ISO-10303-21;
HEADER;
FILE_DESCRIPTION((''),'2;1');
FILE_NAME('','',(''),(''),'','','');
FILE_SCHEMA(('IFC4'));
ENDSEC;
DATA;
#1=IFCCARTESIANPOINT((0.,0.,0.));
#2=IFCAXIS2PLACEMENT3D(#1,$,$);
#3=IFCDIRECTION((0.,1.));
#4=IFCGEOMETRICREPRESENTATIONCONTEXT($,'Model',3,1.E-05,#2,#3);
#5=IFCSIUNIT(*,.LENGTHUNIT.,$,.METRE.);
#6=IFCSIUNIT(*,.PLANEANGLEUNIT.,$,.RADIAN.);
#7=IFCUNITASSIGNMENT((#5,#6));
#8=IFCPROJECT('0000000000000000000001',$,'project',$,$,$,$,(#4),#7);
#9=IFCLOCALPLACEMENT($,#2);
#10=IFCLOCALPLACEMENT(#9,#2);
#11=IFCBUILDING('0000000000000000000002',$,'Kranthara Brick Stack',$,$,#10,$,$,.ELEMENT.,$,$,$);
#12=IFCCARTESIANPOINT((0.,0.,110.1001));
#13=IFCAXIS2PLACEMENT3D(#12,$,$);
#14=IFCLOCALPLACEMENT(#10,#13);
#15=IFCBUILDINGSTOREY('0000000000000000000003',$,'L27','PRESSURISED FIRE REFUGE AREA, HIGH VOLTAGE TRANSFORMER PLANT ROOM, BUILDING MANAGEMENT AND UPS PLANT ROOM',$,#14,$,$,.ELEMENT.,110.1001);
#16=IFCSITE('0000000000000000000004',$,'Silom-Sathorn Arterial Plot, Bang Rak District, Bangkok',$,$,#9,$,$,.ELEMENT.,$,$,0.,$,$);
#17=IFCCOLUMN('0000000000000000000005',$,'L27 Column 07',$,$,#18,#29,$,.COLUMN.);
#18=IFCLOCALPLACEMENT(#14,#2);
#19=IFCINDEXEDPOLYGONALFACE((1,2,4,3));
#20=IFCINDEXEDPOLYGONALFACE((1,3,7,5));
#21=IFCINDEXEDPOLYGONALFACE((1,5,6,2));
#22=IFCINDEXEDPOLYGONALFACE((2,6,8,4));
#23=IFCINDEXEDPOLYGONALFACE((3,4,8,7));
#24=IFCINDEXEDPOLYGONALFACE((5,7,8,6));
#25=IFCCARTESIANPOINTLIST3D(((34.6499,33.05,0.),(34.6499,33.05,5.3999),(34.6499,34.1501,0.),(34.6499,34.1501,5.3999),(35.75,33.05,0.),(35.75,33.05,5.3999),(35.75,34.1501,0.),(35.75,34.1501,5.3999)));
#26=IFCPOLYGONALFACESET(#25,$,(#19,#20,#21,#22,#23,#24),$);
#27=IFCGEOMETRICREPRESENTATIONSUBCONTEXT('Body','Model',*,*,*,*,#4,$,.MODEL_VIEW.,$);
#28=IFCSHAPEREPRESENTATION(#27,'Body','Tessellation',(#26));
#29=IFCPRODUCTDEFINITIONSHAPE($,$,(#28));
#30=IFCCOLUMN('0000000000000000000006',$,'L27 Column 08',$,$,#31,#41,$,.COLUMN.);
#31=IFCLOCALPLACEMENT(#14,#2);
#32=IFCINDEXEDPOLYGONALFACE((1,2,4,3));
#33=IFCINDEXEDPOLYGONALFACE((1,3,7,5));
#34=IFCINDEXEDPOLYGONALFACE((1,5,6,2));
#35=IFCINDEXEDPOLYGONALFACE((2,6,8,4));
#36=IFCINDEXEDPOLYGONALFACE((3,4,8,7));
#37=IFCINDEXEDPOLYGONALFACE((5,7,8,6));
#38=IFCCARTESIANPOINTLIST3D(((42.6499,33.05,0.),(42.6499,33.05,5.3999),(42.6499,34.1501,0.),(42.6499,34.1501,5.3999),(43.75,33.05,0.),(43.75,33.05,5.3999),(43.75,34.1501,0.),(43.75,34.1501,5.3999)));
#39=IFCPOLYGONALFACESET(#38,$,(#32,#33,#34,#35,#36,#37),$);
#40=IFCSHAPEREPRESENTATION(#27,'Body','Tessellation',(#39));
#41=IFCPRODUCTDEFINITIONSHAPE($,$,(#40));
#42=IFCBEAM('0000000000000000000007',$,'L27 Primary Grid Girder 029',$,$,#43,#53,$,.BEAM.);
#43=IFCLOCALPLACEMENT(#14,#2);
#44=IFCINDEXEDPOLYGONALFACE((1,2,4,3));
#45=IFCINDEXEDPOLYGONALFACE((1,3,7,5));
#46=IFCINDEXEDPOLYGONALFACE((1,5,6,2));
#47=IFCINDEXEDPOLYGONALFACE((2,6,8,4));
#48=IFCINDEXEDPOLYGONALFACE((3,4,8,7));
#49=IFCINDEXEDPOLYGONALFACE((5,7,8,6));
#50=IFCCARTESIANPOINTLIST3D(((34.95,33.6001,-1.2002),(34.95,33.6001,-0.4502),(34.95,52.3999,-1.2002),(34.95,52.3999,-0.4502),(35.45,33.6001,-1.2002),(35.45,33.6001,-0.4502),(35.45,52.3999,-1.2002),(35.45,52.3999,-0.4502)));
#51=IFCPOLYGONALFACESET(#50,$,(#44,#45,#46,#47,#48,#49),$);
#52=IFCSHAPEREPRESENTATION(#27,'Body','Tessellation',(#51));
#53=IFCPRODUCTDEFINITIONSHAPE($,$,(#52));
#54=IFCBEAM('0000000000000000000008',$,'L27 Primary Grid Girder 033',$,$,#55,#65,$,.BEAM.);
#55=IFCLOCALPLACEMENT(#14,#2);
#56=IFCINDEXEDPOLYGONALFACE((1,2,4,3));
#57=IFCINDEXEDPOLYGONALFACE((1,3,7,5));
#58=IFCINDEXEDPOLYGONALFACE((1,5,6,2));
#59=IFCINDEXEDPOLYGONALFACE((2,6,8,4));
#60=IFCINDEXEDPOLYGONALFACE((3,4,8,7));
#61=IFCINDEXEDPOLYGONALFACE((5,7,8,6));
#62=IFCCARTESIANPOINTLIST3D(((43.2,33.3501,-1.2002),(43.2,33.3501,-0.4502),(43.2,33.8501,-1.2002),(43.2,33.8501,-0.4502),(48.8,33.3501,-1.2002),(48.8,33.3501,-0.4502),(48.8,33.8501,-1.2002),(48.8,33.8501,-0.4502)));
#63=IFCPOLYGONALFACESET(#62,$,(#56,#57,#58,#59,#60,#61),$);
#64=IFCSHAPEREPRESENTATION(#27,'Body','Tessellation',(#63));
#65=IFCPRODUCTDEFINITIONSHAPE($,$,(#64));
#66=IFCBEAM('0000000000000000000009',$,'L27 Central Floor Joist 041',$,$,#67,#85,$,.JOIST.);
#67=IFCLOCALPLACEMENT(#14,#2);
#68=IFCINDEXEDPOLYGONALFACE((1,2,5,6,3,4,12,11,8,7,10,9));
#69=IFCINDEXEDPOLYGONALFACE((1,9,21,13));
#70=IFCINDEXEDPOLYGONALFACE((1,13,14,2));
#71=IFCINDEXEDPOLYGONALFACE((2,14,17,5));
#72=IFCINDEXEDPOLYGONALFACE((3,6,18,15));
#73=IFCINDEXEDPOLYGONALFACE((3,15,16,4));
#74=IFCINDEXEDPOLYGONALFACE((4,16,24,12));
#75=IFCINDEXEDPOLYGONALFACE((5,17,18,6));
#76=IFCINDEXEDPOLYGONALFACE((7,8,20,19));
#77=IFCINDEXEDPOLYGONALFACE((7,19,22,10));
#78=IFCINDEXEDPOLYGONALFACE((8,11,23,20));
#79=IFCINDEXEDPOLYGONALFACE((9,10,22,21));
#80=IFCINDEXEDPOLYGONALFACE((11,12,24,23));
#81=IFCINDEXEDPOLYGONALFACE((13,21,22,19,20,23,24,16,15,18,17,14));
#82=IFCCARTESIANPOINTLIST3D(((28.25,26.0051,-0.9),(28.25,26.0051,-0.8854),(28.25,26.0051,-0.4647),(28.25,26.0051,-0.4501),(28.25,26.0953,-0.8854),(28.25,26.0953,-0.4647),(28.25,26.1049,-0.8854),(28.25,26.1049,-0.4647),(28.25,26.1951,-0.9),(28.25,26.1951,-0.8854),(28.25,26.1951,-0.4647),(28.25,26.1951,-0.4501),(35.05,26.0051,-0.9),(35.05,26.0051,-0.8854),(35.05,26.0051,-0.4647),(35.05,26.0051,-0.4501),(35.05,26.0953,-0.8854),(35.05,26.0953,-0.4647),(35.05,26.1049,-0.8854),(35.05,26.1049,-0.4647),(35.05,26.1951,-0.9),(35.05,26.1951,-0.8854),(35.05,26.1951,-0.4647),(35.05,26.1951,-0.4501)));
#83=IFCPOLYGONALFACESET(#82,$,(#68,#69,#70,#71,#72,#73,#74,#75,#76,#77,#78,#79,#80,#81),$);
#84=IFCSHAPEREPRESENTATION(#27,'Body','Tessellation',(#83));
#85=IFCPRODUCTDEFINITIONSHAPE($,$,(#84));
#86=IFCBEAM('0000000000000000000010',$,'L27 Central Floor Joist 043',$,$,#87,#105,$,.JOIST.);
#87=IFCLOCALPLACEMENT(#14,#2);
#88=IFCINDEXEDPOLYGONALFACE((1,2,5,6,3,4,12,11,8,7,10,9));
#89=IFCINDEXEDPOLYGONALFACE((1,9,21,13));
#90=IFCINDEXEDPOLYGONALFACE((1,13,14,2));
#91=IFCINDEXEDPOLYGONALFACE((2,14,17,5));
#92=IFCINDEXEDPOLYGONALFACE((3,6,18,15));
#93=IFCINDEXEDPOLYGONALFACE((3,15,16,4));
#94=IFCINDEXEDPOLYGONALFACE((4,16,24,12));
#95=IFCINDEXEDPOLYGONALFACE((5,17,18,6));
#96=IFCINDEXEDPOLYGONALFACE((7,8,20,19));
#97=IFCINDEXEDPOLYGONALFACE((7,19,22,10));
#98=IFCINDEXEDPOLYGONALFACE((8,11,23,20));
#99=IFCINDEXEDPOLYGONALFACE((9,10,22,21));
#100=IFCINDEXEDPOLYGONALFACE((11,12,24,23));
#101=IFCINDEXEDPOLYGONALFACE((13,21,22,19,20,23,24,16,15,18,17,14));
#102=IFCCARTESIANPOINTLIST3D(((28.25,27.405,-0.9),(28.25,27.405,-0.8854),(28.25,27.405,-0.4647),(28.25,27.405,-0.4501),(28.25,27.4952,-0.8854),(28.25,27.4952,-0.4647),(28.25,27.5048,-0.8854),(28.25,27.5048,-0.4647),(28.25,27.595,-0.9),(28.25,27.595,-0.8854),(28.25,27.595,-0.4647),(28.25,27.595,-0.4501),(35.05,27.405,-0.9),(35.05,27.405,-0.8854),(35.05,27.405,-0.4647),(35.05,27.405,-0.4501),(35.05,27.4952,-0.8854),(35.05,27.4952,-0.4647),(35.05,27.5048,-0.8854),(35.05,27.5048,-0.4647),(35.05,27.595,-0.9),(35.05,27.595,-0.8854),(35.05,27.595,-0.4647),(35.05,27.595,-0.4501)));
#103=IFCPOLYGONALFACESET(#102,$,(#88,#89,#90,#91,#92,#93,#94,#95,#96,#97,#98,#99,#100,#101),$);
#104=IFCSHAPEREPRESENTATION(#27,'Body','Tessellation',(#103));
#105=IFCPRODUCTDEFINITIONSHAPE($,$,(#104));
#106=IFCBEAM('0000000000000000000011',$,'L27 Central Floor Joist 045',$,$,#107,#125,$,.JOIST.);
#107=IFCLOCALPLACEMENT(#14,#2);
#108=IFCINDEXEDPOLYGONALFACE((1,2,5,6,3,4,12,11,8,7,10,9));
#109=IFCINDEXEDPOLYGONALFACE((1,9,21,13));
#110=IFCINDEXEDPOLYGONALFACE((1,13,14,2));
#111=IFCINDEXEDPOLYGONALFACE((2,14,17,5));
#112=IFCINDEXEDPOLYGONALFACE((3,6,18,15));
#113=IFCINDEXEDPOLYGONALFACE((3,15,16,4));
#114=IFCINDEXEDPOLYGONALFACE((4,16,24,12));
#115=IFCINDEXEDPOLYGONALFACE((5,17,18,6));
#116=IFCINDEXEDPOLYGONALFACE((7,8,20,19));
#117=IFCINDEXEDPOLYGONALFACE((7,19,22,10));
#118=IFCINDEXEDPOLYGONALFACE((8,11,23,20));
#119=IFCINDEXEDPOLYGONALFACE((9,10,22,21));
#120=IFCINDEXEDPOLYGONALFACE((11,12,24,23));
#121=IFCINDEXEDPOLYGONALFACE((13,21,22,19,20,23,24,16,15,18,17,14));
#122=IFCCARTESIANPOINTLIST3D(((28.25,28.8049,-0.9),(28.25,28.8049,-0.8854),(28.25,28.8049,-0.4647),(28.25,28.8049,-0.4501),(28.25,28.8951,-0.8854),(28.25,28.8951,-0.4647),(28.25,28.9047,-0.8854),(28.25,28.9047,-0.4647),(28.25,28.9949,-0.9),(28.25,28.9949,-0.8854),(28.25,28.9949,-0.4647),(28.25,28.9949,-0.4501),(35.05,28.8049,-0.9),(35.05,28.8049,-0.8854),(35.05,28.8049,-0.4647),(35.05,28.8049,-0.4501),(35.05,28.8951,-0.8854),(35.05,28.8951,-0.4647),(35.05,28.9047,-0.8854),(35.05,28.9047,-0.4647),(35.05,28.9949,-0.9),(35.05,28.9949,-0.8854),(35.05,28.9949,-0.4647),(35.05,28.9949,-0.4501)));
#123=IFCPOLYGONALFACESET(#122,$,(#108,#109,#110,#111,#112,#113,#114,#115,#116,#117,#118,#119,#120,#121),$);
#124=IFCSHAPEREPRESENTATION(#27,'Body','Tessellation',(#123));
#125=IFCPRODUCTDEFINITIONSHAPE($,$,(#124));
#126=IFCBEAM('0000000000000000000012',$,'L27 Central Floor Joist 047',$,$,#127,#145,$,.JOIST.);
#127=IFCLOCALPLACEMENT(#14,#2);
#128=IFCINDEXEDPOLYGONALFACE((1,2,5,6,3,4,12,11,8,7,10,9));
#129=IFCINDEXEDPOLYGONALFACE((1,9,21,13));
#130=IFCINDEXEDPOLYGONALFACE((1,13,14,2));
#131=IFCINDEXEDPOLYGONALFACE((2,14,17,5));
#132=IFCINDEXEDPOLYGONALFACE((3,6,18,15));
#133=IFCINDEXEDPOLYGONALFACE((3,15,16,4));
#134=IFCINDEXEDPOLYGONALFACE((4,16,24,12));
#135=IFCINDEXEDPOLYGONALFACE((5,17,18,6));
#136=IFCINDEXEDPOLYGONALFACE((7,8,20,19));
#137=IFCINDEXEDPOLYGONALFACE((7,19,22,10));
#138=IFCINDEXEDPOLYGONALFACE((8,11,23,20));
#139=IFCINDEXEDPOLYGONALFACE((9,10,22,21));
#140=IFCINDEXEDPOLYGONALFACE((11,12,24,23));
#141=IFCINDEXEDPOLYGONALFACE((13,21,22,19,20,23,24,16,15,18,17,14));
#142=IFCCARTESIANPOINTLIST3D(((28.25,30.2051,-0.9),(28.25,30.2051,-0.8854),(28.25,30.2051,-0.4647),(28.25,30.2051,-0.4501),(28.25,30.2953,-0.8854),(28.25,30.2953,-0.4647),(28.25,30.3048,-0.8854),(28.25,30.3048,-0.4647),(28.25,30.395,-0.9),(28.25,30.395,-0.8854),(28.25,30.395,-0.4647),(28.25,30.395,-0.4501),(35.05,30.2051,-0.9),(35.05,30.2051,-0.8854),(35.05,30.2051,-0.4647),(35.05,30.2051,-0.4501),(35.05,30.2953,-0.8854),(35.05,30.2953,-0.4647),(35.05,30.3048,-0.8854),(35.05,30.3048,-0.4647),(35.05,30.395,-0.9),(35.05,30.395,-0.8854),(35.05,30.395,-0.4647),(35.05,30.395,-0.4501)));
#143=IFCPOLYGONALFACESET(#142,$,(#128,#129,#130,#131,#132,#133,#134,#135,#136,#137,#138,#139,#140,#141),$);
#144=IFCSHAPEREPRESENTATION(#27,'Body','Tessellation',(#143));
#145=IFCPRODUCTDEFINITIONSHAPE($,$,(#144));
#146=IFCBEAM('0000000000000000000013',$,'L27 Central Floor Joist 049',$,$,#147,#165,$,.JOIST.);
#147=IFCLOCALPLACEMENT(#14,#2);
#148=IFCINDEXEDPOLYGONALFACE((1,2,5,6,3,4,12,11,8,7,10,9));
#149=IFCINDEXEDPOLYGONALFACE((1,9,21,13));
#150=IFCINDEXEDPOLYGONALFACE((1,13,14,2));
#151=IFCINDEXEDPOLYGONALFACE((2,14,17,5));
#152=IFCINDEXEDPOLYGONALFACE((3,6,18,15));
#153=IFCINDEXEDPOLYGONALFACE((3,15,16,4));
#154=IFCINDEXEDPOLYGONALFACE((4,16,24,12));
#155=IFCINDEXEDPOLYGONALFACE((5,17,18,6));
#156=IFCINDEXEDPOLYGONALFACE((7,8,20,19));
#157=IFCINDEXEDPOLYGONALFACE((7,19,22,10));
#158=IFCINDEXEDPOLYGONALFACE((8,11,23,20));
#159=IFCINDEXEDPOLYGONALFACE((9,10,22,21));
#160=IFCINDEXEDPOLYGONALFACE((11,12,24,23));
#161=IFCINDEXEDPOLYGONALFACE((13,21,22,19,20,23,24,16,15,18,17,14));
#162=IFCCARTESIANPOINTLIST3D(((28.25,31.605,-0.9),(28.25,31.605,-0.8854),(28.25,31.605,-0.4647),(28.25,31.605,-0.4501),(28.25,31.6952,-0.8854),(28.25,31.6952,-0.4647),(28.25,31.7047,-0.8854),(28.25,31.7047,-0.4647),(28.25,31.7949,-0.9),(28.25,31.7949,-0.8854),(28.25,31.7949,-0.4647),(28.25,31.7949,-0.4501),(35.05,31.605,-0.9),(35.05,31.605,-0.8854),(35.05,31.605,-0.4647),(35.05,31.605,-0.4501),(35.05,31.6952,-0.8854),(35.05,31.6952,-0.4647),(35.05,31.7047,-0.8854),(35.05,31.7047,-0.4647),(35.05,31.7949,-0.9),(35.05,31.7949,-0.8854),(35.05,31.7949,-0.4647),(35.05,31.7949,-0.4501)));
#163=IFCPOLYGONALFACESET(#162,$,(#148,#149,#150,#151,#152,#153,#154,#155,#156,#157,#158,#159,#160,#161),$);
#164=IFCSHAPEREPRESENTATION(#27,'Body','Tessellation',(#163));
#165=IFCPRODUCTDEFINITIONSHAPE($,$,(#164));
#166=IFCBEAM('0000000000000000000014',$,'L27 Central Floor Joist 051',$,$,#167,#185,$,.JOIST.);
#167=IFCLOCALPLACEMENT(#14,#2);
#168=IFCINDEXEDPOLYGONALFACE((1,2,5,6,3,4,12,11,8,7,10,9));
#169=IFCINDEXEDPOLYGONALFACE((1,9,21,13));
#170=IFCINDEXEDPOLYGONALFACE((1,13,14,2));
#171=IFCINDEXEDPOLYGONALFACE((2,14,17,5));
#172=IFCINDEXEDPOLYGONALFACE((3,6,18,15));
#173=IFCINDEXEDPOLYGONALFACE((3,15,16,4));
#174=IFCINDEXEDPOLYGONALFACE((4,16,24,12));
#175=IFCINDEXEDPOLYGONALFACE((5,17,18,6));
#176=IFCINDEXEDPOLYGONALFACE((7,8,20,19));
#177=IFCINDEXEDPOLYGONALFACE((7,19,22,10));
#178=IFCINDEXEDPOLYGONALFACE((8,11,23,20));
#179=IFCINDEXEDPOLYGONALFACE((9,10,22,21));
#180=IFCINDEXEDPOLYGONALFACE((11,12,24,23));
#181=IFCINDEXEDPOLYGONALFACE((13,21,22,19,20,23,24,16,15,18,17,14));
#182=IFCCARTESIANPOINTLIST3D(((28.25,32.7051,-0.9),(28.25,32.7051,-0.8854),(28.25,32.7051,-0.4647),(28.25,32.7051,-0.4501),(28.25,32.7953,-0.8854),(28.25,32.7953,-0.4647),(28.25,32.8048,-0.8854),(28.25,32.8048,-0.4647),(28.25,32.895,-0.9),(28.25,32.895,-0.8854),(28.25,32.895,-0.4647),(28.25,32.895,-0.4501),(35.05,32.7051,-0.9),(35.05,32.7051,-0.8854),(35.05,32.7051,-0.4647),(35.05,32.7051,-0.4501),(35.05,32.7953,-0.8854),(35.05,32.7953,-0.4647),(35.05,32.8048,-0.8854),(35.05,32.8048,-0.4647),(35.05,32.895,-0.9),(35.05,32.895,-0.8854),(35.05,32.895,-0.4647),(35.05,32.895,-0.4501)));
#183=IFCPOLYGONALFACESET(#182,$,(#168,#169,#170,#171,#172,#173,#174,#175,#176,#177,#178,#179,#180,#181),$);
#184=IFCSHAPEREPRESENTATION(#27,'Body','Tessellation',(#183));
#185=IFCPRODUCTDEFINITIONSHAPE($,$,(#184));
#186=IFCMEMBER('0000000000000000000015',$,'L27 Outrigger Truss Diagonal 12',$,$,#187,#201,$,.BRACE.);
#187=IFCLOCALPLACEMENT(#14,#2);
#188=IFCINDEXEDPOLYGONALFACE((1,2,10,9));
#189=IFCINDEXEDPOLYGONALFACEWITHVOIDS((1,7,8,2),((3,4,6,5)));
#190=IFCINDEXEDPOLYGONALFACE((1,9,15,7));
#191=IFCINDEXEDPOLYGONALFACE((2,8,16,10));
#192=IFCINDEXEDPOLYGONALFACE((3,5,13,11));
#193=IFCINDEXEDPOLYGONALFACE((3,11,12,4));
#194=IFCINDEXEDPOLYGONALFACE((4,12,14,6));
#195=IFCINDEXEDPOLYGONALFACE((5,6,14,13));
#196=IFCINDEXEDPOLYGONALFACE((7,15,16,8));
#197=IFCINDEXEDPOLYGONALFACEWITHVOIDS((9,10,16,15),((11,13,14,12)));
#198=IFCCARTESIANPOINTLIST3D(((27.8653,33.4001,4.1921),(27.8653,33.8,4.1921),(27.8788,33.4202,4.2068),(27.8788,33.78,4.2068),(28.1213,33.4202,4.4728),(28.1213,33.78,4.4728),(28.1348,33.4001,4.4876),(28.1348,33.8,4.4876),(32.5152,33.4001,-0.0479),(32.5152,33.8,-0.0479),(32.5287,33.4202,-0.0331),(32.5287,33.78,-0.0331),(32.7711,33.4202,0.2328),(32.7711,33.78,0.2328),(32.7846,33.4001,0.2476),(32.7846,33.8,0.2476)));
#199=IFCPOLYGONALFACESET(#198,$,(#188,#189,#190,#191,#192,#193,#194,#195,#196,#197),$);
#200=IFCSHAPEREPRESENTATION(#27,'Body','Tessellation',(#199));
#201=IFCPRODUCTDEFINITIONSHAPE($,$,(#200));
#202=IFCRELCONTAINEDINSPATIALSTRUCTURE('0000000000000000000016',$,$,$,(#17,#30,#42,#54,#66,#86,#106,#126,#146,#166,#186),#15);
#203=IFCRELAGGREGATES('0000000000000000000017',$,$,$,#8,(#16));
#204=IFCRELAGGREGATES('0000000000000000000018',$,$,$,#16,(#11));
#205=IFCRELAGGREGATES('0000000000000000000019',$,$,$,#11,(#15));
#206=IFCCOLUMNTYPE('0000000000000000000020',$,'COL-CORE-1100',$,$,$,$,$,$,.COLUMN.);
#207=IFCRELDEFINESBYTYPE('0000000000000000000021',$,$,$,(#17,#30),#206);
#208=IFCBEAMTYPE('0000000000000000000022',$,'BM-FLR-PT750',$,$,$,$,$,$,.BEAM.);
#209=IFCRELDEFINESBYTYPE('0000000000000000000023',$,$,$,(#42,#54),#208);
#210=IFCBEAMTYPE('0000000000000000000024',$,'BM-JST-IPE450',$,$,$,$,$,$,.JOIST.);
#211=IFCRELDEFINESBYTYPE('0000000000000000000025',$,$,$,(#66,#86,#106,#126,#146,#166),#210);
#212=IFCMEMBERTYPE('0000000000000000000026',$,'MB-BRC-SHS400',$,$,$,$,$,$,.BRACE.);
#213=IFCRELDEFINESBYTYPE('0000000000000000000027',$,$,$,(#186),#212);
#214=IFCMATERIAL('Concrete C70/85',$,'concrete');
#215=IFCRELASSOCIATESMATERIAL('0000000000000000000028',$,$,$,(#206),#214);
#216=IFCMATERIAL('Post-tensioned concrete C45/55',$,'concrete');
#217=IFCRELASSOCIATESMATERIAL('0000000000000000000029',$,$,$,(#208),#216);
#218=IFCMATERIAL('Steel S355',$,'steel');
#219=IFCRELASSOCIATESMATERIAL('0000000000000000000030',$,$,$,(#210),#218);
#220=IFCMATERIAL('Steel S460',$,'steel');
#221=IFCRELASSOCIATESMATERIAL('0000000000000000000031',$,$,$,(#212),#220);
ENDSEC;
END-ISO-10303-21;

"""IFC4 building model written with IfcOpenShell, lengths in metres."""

from ifc_helpers import new_model, si_unit, direction, frame, origin, origin_2d, place, context, subcontext, project, spatial, rectangle, hollow_rectangle, i_section, extrude, material, material_profile, profile_set, type_object, element, save


model = new_model("IFC4")

# Units and contexts
model_context = context("Model", 3, precision=1e-05, world=origin(), true_north=direction((0.0, 1.0)))
body_context = subcontext(model_context, "Body", "Model", "MODEL_VIEW")
ifc_project = project(units=[si_unit("LENGTHUNIT", "METRE"), si_unit("PLANEANGLEUNIT", "RADIAN")], contexts=[model_context])

# Site, building, storey
site_placement = place(None, origin())
site = spatial("IfcSite", under=ifc_project, at=site_placement, Name="Silom-Sathorn Arterial Plot, Bang Rak District, Bangkok", CompositionType="ELEMENT", RefElevation=0.0)
building_placement = place(site_placement, origin())
building = spatial("IfcBuilding", under=site, at=building_placement, Name="Kranthara Brick Stack", CompositionType="ELEMENT")
storey_placement = place(building_placement, frame((0.0, 0.0, 110.1001)))
storey = spatial("IfcBuildingStorey", under=building, at=storey_placement, Name="L27", Description="PRESSURISED FIRE REFUGE AREA, HIGH VOLTAGE TRANSFORMER PLANT ROOM, BUILDING MANAGEMENT AND UPS PLANT ROOM", CompositionType="ELEMENT", Elevation=110.1001)

# Columns
ifc_material_1 = material(Name="Concrete C70/85", Category="concrete")
ifc_material_profile_1 = material_profile(ifc_material_1, rectangle(XDim=1.1001, YDim=1.1001, at=origin_2d()), Name="RC 1100x1100")
ifc_profile_set_1 = profile_set([ifc_material_profile_1], Name="Concrete C70/85")
column_type = type_object("IfcColumnType", Name="COL-CORE-1100", PredefinedType="COLUMN", material=ifc_profile_set_1)
for number, where, z_axis, x_axis, name in (
    (1, (35.2, 33.6001, 0.0), (0.0, 0.0, 1.0), (1.0, 0.0, 0.0), "L27 Column 07"),
    (2, (43.2, 33.6001, 0.0), (0.0, 0.0, 1.0), (1.0, 0.0, 0.0), "L27 Column 08"),
):
    element("IfcColumn", number, at=place(storey_placement, frame(where, z_axis=z_axis, x_axis=x_axis)), inside=storey, type_object=column_type, Name=name, PredefinedType="COLUMN", context=body_context, shape_type="SweptSolid", body=[
        extrude(rectangle(XDim=1.1001, YDim=1.1001, at=origin_2d()), origin(), (0.0, 0.0, 1.0), 5.3999),
    ])

# Beams
ifc_material_2 = material(Name="Post-tensioned concrete C45/55", Category="concrete")
ifc_material_profile_2 = material_profile(ifc_material_2, rectangle(XDim=0.5, YDim=0.75, at=origin_2d()), Name="PT 500x750")
ifc_profile_set_2 = profile_set([ifc_material_profile_2], Name="Post-tensioned concrete C45/55")
beam_type_1 = type_object("IfcBeamType", Name="BM-FLR-PT750", PredefinedType="BEAM", material=ifc_profile_set_2)
beam_1_placement = place(storey_placement, frame((35.2, 33.6001, -0.8252), z_axis=(0.0, 1.0, 0.0), x_axis=(-1.0, 0.0, 0.0)))
element("IfcBeam", 3, at=beam_1_placement, inside=storey, type_object=beam_type_1, Name="L27 Primary Grid Girder 029", PredefinedType="BEAM", context=body_context, shape_type="SweptSolid", body=[
    extrude(rectangle(XDim=0.5, YDim=0.75, at=origin_2d()), origin(), (0.0, 0.0, 1.0), 18.7998),
])
beam_2_placement = place(storey_placement, frame((43.2, 33.6001, -0.8252), z_axis=(1.0, 0.0, 0.0), x_axis=(0.0, 1.0, 0.0)))
element("IfcBeam", 4, at=beam_2_placement, inside=storey, type_object=beam_type_1, Name="L27 Primary Grid Girder 033", PredefinedType="BEAM", context=body_context, shape_type="SweptSolid", body=[
    extrude(rectangle(XDim=0.5, YDim=0.75, at=origin_2d()), origin(), (0.0, 0.0, 1.0), 5.6001),
])
ifc_material_3 = material(Name="Steel S355", Category="steel")
ifc_material_profile_3 = material_profile(ifc_material_3, i_section(OverallWidth=0.1899, OverallDepth=0.45, WebThickness=0.0095, FlangeThickness=0.0146, at=origin_2d()), Name="IPE 450")
ifc_profile_set_3 = profile_set([ifc_material_profile_3], Name="Steel S355")
beam_type_2 = type_object("IfcBeamType", Name="BM-JST-IPE450", PredefinedType="JOIST", material=ifc_profile_set_3)
for number, where, z_axis, x_axis, name in (
    (5, (28.25, 26.1001, -0.675), (1.0, 0.0, 0.0), (0.0, 1.0, 0.0), "L27 Central Floor Joist 041"),
    (6, (28.25, 27.5, -0.675), (1.0, 0.0, 0.0), (0.0, 1.0, 0.0), "L27 Central Floor Joist 043"),
    (7, (28.25, 28.8999, -0.675), (1.0, 0.0, 0.0), (0.0, 1.0, 0.0), "L27 Central Floor Joist 045"),
    (8, (28.25, 30.3, -0.675), (1.0, 0.0, 0.0), (0.0, 1.0, 0.0), "L27 Central Floor Joist 047"),
    (9, (28.25, 31.7, -0.675), (1.0, 0.0, 0.0), (0.0, 1.0, 0.0), "L27 Central Floor Joist 049"),
    (10, (28.25, 32.8, -0.675), (1.0, 0.0, 0.0), (0.0, 1.0, 0.0), "L27 Central Floor Joist 051"),
):
    element("IfcBeam", number, at=place(storey_placement, frame(where, z_axis=z_axis, x_axis=x_axis)), inside=storey, type_object=beam_type_2, Name=name, PredefinedType="JOIST", context=body_context, shape_type="SweptSolid", body=[
        extrude(i_section(OverallWidth=0.1899, OverallDepth=0.45, WebThickness=0.0095, FlangeThickness=0.0146, at=origin_2d()), origin(), (0.0, 0.0, 1.0), 6.8),
    ])

# Member
ifc_material_4 = material(Name="Steel S460", Category="steel")
ifc_material_profile_4 = material_profile(ifc_material_4, hollow_rectangle(XDim=0.3999, YDim=0.3999, WallThickness=0.02, at=origin_2d()), Name="SHS 400x400x20")
ifc_profile_set_4 = profile_set([ifc_material_profile_4], Name="Steel S460")
member_type = type_object("IfcMemberType", Name="MB-BRC-SHS400", PredefinedType="BRACE", material=ifc_profile_set_4)
member_placement = place(storey_placement, frame((32.6499, 33.6001, 0.0999), z_axis=(-0.738926, 0.0, 0.673786), x_axis=(0.0, -1.0, 0.0)))
element("IfcMember", 11, at=member_placement, inside=storey, type_object=member_type, Name="L27 Outrigger Truss Diagonal 12", PredefinedType="BRACE", context=body_context, shape_type="SweptSolid", body=[
    extrude(hollow_rectangle(XDim=0.3999, YDim=0.3999, WallThickness=0.02, at=origin_2d()), origin(), (0.0, 0.0, 1.0), 6.2927),
])

save(model, "model.ifc")
